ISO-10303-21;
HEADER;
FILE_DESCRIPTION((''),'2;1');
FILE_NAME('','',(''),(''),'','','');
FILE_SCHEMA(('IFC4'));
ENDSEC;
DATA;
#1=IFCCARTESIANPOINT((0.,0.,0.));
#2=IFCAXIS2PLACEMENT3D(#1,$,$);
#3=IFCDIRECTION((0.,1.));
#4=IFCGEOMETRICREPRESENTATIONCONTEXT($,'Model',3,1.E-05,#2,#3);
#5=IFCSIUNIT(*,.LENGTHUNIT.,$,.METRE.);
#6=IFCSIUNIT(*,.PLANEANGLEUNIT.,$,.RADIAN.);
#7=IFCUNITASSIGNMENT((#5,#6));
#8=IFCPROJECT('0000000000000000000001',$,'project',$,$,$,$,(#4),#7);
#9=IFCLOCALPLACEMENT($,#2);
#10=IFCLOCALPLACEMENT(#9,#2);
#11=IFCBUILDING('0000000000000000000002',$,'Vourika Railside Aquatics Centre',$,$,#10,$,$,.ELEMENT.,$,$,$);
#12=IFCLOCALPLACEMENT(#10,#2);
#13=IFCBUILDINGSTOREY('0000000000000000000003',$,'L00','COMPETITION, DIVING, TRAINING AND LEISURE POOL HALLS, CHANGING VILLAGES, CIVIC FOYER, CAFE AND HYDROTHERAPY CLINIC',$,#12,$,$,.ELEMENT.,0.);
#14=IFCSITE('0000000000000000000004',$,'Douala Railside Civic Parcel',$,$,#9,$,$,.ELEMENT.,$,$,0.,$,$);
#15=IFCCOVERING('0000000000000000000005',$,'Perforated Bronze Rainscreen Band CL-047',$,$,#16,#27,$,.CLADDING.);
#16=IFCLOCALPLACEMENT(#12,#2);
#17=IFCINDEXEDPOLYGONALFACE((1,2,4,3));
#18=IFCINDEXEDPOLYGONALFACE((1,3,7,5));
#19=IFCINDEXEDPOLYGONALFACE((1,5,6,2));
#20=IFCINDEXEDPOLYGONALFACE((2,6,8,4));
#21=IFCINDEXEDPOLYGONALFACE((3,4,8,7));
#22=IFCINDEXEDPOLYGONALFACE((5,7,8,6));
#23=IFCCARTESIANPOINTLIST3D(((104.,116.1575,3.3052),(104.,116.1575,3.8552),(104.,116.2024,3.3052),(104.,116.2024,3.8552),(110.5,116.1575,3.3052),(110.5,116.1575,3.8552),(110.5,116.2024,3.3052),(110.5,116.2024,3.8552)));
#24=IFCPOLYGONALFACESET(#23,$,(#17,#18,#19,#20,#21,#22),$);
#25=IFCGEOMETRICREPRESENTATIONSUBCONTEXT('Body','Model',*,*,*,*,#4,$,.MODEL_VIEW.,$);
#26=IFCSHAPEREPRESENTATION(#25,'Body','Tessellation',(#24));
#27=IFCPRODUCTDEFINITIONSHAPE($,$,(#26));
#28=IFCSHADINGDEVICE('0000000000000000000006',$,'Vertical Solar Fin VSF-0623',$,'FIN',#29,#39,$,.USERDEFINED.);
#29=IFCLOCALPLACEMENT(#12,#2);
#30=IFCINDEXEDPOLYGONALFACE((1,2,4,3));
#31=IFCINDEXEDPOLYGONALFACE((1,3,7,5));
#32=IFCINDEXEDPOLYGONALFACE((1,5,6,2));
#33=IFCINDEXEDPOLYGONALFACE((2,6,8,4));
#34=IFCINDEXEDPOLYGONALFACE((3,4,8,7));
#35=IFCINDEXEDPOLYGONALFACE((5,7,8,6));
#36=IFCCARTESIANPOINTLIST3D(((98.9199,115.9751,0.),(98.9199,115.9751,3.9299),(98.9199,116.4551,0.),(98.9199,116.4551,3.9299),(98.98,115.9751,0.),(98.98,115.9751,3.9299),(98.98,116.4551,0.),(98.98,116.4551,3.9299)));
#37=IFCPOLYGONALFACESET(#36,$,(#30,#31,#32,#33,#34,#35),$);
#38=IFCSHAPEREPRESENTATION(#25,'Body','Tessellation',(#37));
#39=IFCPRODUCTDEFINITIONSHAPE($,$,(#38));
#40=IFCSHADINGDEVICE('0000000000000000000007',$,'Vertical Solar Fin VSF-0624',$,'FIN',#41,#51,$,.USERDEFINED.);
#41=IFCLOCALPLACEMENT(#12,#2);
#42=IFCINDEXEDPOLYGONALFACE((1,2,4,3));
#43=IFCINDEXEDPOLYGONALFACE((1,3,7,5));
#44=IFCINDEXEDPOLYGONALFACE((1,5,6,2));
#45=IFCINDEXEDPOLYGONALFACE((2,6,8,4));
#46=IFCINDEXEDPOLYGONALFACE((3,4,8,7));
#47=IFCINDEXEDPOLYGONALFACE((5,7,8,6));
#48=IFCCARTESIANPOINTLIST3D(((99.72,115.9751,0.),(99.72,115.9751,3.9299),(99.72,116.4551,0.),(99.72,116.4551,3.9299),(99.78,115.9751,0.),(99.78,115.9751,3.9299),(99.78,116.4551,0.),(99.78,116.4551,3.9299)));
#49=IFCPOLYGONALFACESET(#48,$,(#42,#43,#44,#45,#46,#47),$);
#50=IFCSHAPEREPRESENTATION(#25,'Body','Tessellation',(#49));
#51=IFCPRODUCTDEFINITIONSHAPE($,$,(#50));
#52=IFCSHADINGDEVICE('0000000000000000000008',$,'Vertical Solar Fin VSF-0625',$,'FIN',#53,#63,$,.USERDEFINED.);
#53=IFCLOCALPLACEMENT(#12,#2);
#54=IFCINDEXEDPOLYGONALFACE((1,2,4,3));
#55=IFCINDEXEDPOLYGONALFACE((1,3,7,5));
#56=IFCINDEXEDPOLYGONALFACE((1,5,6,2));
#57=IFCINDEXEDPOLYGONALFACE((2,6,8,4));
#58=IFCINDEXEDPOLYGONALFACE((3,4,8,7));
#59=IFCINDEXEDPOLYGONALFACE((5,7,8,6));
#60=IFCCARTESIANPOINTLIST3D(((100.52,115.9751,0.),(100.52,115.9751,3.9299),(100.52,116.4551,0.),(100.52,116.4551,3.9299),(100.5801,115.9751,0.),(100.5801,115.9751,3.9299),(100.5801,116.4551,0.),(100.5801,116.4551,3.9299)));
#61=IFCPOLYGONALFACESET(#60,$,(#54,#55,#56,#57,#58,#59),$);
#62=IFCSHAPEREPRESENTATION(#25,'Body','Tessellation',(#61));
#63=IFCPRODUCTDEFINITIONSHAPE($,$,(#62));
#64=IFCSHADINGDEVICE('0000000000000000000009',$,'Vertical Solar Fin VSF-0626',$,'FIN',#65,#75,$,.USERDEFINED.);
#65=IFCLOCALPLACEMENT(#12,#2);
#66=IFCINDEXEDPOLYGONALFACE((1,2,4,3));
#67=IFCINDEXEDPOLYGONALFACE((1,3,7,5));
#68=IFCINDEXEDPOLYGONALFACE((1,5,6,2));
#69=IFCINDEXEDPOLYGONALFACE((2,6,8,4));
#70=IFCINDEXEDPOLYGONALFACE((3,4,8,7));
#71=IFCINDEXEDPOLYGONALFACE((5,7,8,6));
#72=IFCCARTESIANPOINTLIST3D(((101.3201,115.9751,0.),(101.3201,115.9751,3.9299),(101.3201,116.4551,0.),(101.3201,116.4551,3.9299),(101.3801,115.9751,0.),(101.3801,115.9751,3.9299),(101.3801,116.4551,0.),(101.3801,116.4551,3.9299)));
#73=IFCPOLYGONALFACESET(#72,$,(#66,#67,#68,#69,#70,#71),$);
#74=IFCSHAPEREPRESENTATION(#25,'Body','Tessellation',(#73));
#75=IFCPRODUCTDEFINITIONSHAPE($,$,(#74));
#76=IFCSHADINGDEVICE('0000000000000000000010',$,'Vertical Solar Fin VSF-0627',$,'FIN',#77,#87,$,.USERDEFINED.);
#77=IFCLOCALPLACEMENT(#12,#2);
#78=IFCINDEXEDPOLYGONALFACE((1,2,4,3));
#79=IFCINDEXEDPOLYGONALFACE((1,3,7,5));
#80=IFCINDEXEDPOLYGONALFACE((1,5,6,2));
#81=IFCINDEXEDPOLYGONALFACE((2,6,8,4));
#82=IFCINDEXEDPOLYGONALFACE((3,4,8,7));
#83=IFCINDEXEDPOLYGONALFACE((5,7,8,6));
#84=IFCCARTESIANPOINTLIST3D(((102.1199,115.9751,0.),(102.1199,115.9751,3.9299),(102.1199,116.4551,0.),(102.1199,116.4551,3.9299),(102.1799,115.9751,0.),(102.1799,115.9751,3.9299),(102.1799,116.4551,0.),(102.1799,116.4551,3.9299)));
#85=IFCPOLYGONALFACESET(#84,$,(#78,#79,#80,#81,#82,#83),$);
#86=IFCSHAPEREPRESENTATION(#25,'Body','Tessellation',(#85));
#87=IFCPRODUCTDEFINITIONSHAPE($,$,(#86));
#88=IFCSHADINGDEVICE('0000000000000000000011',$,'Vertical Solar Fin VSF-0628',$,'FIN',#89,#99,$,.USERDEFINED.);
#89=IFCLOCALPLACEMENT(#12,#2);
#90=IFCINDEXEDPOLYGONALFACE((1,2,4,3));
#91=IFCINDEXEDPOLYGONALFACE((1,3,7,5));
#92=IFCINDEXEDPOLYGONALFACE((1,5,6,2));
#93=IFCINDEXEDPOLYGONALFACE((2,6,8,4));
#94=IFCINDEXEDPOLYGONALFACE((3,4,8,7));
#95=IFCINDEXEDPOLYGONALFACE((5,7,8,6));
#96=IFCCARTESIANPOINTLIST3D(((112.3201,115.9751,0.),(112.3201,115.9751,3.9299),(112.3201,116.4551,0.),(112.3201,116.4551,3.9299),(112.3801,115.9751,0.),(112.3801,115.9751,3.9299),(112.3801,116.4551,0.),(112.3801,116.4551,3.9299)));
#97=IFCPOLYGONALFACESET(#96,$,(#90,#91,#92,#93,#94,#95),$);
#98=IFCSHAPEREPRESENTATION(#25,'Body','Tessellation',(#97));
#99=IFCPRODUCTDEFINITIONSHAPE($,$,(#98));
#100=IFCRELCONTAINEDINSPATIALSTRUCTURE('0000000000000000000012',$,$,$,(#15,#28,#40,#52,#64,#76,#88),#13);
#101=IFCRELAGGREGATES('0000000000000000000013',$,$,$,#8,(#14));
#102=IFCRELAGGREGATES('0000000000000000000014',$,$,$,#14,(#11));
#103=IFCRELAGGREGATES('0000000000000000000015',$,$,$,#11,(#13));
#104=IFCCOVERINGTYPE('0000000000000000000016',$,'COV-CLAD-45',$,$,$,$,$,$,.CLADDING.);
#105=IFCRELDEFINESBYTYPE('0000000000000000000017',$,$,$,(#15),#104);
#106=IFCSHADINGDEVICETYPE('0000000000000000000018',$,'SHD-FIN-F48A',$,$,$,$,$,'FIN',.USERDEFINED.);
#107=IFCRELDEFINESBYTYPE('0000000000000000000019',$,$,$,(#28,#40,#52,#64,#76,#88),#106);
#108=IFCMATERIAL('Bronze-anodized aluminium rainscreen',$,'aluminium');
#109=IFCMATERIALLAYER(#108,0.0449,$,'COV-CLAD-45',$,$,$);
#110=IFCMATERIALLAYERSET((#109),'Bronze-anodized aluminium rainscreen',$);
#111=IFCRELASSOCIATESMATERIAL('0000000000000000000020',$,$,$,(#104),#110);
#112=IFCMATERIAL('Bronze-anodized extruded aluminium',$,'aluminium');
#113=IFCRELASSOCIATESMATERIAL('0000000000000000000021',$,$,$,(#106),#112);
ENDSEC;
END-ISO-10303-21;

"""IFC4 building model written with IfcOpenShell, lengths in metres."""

from ifc_helpers import new_model, si_unit, direction, frame, origin, origin_2d, place, context, subcontext, project, spatial, rectangle, extrude, material, layer, layer_set, material_profile, profile_set, type_object, element, save


model = new_model("IFC4")

# Units and contexts
model_context = context("Model", 3, precision=1e-05, world=origin(), true_north=direction((0.0, 1.0)))
body_context = subcontext(model_context, "Body", "Model", "MODEL_VIEW")
ifc_project = project(units=[si_unit("LENGTHUNIT", "METRE"), si_unit("PLANEANGLEUNIT", "RADIAN")], contexts=[model_context])

# Site, building, storey
site_placement = place(None, origin())
site = spatial("IfcSite", under=ifc_project, at=site_placement, Name="Douala Railside Civic Parcel", CompositionType="ELEMENT", RefElevation=0.0)
building_placement = place(site_placement, origin())
building = spatial("IfcBuilding", under=site, at=building_placement, Name="Vourika Railside Aquatics Centre", CompositionType="ELEMENT")
storey_placement = place(building_placement, origin())
storey = spatial("IfcBuildingStorey", under=building, at=storey_placement, Name="L00", Description="COMPETITION, DIVING, TRAINING AND LEISURE POOL HALLS, CHANGING VILLAGES, CIVIC FOYER, CAFE AND HYDROTHERAPY CLINIC", CompositionType="ELEMENT", Elevation=0.0)

# Covering
ifc_material_1 = material(Name="Bronze-anodized aluminium rainscreen", Category="aluminium")
ifc_layer_1 = layer(ifc_material_1, 0.0449, Name="COV-CLAD-45")
ifc_layer_set_1 = layer_set([ifc_layer_1], Name="Bronze-anodized aluminium rainscreen")
covering_type = type_object("IfcCoveringType", Name="COV-CLAD-45", PredefinedType="CLADDING", material=ifc_layer_set_1)
covering_placement = place(storey_placement, frame((107.25, 116.1799, 3.3052), z_axis=(0.0, 0.0, 1.0), x_axis=(-1.0, 0.0, 0.0)))
element("IfcCovering", 1, at=covering_placement, inside=storey, type_object=covering_type, Name="Perforated Bronze Rainscreen Band CL-047", PredefinedType="CLADDING", context=body_context, shape_type="SweptSolid", body=[
    extrude(rectangle(XDim=6.5, YDim=0.0449, at=origin_2d()), origin(), (0.0, 0.0, 1.0), 0.55),
])

# Shading devices
ifc_material_2 = material(Name="Bronze-anodized extruded aluminium", Category="aluminium")
ifc_material_profile_1 = material_profile(ifc_material_2, rectangle(XDim=0.0601, YDim=0.48, at=origin_2d()), Name="ALU-FIN 60x480")
ifc_profile_set_1 = profile_set([ifc_material_profile_1], Name="Bronze-anodized extruded aluminium")
shading_device_type = type_object("IfcShadingDeviceType", Name="SHD-FIN-F48A", ElementType="FIN", PredefinedType="USERDEFINED", material=ifc_profile_set_1)
for number, where, z_axis, x_axis, name in (
    (2, (98.95, 116.2151, 0.0), (0.0, 0.0, 1.0), (1.0, 0.0, 0.0), "Vertical Solar Fin VSF-0623"),
    (3, (99.75, 116.2151, 0.0), (0.0, 0.0, 1.0), (1.0, 0.0, 0.0), "Vertical Solar Fin VSF-0624"),
    (4, (100.55, 116.2151, 0.0), (0.0, 0.0, 1.0), (1.0, 0.0, 0.0), "Vertical Solar Fin VSF-0625"),
    (5, (101.3501, 116.2151, 0.0), (0.0, 0.0, 1.0), (1.0, 0.0, 0.0), "Vertical Solar Fin VSF-0626"),
    (6, (102.1499, 116.2151, 0.0), (0.0, 0.0, 1.0), (1.0, 0.0, 0.0), "Vertical Solar Fin VSF-0627"),
    (7, (112.3501, 116.2151, 0.0), (0.0, 0.0, 1.0), (1.0, 0.0, 0.0), "Vertical Solar Fin VSF-0628"),
):
    element("IfcShadingDevice", number, at=place(storey_placement, frame(where, z_axis=z_axis, x_axis=x_axis)), inside=storey, type_object=shading_device_type, Name=name, ObjectType="FIN", PredefinedType="USERDEFINED", context=body_context, shape_type="SweptSolid", body=[
        extrude(rectangle(XDim=0.0601, YDim=0.48, at=origin_2d()), origin(), (0.0, 0.0, 1.0), 3.9299),
    ])

save(model, "model.ifc")
